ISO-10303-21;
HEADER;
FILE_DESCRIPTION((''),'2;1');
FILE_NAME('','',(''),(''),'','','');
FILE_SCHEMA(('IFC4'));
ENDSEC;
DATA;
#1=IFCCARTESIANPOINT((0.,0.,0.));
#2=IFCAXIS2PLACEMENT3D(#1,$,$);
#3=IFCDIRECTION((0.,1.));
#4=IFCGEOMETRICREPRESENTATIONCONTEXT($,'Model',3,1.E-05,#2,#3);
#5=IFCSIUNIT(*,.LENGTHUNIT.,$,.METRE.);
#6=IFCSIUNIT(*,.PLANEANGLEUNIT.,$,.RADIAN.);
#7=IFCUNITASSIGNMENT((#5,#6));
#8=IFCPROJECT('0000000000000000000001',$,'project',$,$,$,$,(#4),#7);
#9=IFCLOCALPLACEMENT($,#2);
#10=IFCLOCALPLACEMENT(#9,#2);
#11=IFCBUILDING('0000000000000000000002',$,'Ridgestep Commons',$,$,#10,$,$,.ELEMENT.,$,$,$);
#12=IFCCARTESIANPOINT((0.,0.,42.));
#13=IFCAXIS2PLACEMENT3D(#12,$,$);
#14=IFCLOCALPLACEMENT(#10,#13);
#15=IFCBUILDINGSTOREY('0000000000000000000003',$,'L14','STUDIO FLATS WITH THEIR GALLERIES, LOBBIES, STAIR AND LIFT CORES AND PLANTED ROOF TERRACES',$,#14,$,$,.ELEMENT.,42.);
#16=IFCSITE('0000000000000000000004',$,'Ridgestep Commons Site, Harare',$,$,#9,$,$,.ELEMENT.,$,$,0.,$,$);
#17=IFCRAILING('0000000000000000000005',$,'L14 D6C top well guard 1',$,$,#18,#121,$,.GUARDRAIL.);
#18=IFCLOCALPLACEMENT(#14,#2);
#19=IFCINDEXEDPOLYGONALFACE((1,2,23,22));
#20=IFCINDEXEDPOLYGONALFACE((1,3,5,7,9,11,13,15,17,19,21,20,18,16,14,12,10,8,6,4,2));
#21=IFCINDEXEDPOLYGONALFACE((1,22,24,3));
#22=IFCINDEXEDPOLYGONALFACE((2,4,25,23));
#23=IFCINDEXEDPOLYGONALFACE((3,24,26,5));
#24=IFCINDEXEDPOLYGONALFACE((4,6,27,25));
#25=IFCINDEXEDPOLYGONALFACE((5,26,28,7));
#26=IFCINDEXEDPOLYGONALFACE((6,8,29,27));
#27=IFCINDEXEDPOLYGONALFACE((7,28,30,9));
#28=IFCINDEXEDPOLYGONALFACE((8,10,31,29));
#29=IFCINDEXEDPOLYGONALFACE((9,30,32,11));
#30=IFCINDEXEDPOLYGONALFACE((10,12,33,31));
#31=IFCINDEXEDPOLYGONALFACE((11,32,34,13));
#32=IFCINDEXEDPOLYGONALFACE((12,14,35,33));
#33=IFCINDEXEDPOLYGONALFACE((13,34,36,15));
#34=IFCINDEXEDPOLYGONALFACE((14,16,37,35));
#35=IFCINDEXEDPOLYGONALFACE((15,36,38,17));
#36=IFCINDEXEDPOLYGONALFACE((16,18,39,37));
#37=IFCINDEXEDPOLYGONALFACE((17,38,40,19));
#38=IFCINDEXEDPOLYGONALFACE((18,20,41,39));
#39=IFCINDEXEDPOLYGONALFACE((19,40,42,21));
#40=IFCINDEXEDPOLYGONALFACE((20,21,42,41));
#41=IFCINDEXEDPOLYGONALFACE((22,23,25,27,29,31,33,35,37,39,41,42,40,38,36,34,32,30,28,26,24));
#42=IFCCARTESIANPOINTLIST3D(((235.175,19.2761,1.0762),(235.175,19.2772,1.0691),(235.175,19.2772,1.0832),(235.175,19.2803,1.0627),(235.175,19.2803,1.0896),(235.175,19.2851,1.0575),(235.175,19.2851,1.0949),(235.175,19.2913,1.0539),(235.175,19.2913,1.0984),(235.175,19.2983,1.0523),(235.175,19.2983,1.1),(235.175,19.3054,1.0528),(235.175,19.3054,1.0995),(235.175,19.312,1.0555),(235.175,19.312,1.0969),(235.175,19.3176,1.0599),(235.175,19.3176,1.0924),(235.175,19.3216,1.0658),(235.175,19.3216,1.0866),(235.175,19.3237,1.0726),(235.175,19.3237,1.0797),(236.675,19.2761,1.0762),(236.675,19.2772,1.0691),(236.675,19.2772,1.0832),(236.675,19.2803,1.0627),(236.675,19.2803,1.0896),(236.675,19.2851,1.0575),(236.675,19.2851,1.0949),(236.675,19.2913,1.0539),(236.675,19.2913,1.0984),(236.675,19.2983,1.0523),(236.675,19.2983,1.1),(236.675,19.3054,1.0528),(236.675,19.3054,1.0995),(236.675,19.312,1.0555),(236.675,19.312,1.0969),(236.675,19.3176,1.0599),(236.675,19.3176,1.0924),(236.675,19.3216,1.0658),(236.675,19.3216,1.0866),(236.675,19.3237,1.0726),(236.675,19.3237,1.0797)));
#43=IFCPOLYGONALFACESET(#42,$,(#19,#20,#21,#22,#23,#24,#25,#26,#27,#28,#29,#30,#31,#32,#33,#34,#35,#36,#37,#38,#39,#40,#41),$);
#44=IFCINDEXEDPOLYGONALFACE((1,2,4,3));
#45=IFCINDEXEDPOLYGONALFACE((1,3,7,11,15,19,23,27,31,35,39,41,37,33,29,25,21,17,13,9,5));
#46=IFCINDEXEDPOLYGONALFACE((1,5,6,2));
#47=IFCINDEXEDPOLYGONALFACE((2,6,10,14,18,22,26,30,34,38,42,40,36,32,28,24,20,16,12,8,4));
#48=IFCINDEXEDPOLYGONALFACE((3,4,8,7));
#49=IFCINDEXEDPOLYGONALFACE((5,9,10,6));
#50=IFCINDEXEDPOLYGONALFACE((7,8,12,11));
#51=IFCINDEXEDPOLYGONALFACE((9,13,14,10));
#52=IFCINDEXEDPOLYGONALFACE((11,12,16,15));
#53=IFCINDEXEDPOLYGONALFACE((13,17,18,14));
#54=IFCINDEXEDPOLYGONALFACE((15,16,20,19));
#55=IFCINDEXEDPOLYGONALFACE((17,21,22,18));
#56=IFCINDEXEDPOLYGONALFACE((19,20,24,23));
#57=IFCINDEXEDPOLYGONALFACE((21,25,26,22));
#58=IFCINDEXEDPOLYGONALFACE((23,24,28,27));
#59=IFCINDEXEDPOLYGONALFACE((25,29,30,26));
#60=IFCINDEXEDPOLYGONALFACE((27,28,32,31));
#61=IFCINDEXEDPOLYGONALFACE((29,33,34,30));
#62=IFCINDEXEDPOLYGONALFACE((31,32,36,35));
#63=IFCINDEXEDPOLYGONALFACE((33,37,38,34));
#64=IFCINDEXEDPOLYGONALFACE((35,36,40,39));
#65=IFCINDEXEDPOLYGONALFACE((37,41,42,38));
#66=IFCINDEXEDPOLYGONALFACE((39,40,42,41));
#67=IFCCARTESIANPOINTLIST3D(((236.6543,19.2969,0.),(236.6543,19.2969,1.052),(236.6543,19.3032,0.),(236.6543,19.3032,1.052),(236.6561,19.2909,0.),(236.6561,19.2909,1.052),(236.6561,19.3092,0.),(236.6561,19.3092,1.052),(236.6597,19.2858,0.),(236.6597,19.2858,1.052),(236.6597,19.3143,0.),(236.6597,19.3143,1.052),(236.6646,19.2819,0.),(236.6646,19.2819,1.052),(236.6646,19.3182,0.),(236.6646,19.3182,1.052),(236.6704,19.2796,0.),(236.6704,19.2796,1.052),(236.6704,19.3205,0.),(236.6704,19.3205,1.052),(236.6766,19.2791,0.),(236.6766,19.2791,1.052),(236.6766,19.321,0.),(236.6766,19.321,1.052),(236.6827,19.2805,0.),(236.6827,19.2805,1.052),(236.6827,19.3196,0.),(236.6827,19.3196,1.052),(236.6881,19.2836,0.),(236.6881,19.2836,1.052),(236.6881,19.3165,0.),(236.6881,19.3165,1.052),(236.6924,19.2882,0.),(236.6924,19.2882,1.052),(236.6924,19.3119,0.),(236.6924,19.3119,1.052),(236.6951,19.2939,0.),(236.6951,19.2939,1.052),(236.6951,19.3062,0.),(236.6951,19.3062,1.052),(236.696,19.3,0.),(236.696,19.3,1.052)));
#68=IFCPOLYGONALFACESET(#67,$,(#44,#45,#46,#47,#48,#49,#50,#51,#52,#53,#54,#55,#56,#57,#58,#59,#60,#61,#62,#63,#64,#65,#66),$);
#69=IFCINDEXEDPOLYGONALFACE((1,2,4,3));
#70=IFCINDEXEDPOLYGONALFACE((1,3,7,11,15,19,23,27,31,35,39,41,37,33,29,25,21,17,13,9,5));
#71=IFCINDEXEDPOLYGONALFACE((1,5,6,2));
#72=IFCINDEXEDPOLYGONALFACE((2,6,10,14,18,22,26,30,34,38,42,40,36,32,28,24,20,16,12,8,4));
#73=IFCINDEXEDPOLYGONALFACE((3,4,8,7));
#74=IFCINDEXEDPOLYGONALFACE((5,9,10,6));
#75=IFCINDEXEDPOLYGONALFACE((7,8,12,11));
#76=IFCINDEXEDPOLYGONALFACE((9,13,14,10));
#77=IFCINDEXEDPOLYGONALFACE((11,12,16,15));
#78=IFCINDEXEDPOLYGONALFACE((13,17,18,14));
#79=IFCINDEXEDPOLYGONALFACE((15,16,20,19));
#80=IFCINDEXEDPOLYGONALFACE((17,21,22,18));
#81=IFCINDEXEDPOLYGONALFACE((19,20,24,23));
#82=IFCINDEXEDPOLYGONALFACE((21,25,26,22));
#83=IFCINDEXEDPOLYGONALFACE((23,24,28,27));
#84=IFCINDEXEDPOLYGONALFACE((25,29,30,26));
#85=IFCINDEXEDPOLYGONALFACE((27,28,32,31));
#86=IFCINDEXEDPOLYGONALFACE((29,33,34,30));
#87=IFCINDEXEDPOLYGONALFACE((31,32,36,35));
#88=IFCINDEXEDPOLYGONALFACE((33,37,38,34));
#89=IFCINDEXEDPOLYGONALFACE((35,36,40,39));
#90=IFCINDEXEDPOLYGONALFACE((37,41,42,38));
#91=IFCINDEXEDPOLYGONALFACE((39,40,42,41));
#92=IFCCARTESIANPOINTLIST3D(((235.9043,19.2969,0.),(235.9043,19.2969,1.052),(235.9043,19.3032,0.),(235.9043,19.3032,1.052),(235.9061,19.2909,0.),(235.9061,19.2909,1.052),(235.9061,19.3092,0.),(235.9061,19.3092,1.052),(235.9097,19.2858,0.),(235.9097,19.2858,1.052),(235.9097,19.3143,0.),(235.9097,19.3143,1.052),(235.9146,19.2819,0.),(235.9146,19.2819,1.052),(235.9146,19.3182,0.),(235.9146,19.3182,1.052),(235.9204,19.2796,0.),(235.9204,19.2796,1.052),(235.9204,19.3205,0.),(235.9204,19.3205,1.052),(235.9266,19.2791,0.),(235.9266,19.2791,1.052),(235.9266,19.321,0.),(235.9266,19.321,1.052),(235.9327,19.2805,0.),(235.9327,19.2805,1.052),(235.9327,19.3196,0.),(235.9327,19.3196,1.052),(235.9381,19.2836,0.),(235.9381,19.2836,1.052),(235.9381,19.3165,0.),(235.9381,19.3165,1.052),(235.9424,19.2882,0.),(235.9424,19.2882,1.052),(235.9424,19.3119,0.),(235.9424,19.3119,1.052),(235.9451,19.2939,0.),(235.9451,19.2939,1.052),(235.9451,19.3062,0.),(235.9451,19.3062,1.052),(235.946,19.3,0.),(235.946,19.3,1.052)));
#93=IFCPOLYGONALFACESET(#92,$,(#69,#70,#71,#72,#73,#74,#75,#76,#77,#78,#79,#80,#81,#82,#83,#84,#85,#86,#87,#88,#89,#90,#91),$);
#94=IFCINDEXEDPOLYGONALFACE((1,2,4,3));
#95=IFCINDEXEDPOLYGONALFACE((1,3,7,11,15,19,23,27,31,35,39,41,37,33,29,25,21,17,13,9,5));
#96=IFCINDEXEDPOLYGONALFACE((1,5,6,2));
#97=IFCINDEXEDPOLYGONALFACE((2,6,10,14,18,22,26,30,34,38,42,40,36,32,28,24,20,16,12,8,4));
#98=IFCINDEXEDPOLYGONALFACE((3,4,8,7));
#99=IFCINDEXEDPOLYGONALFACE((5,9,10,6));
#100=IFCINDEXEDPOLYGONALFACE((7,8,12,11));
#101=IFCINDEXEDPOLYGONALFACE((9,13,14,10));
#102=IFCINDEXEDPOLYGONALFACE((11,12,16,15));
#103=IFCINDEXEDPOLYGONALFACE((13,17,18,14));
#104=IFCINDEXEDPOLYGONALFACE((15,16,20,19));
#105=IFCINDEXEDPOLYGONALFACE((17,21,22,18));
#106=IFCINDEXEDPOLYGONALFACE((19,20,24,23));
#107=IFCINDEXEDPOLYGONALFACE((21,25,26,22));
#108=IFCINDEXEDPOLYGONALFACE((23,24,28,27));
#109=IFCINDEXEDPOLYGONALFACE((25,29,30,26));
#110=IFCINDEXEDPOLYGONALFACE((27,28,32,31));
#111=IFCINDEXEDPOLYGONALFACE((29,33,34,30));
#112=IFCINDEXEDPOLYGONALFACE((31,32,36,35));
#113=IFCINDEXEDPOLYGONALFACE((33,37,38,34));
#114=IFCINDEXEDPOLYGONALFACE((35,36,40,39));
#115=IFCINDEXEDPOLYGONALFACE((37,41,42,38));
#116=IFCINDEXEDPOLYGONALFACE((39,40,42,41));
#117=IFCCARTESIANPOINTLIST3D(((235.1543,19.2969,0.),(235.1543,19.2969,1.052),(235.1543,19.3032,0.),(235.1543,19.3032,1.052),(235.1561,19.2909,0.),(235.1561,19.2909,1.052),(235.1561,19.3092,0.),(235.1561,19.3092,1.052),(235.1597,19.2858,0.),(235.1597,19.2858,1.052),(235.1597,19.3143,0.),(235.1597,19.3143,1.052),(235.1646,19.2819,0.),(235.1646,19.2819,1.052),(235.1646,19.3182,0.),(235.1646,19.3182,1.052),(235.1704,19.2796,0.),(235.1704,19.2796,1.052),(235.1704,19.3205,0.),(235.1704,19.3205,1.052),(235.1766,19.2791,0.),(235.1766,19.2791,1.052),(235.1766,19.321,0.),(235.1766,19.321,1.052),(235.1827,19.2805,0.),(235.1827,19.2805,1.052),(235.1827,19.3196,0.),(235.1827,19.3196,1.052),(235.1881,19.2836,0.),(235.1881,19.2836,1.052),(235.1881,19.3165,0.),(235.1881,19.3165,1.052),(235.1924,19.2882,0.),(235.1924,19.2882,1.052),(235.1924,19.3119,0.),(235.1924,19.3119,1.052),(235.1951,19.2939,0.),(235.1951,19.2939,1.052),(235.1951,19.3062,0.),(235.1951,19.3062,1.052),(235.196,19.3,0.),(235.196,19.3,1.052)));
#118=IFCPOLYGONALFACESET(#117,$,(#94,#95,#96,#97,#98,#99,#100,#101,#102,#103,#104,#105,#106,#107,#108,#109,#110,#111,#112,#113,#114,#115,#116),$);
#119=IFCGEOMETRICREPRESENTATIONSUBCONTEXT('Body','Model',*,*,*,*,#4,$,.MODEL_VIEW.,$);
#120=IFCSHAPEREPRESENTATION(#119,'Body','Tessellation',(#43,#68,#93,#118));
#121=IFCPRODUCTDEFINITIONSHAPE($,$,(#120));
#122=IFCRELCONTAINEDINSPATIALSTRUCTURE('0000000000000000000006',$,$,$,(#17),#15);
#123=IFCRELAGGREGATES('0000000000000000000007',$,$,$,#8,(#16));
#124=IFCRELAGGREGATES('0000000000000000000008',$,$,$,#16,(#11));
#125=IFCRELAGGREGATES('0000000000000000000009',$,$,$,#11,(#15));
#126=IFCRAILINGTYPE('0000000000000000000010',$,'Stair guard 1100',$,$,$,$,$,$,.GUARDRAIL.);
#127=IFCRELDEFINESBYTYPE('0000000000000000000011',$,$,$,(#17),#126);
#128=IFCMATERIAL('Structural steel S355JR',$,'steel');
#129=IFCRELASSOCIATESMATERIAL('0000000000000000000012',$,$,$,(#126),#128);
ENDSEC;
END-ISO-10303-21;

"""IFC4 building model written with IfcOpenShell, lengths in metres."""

from ifc_helpers import new_model, si_unit, direction, frame, origin, origin_2d, place, context, subcontext, project, spatial, circle, extrude, material, type_object, element, save


model = new_model("IFC4")

# Units and contexts
model_context = context("Model", 3, precision=1e-05, world=origin(), true_north=direction((0.0, 1.0)))
body_context = subcontext(model_context, "Body", "Model", "MODEL_VIEW")
ifc_project = project(units=[si_unit("LENGTHUNIT", "METRE"), si_unit("PLANEANGLEUNIT", "RADIAN")], contexts=[model_context])

# Site, building, storey
site_placement = place(None, origin())
site = spatial("IfcSite", under=ifc_project, at=site_placement, Name="Ridgestep Commons Site, Harare", CompositionType="ELEMENT", RefElevation=0.0)
building_placement = place(site_placement, origin())
building = spatial("IfcBuilding", under=site, at=building_placement, Name="Ridgestep Commons", CompositionType="ELEMENT")
storey_placement = place(building_placement, frame((0.0, 0.0, 42.0)))
storey = spatial("IfcBuildingStorey", under=building, at=storey_placement, Name="L14", Description="STUDIO FLATS WITH THEIR GALLERIES, LOBBIES, STAIR AND LIFT CORES AND PLANTED ROOF TERRACES", CompositionType="ELEMENT", Elevation=42.0)

# Railing
ifc_material_1 = material(Name="Structural steel S355JR", Category="steel")
railing_type_1 = type_object("IfcRailingType", Name="Stair guard 1100", PredefinedType="GUARDRAIL", material=ifc_material_1)
railing_1_placement = place(storey_placement, frame((236.675, 19.3, 0.0)))
element("IfcRailing", 1, at=railing_1_placement, inside=storey, type_object=railing_type_1, Name="L14 D6C top well guard 1", PredefinedType="GUARDRAIL", context=body_context, shape_type="SweptSolid", body=[
    extrude(circle(Radius=0.0239, at=origin_2d()), frame((0.0, 0.0, 1.0762), z_axis=(-1.0, 0.0, 0.0), x_axis=(0.0, -1.0, 0.0)), (0.0, 0.0, 1.0), 1.5),
    extrude(circle(Radius=0.021, at=origin_2d()), origin(), (0.0, 0.0, 1.0), 1.052),
    extrude(circle(Radius=0.021, at=origin_2d()), frame((-0.75, 0.0, 0.0)), (0.0, 0.0, 1.0), 1.052),
    extrude(circle(Radius=0.021, at=origin_2d()), frame((-1.5, 0.0, 0.0)), (0.0, 0.0, 1.0), 1.052),
])

save(model, "model.ifc")
